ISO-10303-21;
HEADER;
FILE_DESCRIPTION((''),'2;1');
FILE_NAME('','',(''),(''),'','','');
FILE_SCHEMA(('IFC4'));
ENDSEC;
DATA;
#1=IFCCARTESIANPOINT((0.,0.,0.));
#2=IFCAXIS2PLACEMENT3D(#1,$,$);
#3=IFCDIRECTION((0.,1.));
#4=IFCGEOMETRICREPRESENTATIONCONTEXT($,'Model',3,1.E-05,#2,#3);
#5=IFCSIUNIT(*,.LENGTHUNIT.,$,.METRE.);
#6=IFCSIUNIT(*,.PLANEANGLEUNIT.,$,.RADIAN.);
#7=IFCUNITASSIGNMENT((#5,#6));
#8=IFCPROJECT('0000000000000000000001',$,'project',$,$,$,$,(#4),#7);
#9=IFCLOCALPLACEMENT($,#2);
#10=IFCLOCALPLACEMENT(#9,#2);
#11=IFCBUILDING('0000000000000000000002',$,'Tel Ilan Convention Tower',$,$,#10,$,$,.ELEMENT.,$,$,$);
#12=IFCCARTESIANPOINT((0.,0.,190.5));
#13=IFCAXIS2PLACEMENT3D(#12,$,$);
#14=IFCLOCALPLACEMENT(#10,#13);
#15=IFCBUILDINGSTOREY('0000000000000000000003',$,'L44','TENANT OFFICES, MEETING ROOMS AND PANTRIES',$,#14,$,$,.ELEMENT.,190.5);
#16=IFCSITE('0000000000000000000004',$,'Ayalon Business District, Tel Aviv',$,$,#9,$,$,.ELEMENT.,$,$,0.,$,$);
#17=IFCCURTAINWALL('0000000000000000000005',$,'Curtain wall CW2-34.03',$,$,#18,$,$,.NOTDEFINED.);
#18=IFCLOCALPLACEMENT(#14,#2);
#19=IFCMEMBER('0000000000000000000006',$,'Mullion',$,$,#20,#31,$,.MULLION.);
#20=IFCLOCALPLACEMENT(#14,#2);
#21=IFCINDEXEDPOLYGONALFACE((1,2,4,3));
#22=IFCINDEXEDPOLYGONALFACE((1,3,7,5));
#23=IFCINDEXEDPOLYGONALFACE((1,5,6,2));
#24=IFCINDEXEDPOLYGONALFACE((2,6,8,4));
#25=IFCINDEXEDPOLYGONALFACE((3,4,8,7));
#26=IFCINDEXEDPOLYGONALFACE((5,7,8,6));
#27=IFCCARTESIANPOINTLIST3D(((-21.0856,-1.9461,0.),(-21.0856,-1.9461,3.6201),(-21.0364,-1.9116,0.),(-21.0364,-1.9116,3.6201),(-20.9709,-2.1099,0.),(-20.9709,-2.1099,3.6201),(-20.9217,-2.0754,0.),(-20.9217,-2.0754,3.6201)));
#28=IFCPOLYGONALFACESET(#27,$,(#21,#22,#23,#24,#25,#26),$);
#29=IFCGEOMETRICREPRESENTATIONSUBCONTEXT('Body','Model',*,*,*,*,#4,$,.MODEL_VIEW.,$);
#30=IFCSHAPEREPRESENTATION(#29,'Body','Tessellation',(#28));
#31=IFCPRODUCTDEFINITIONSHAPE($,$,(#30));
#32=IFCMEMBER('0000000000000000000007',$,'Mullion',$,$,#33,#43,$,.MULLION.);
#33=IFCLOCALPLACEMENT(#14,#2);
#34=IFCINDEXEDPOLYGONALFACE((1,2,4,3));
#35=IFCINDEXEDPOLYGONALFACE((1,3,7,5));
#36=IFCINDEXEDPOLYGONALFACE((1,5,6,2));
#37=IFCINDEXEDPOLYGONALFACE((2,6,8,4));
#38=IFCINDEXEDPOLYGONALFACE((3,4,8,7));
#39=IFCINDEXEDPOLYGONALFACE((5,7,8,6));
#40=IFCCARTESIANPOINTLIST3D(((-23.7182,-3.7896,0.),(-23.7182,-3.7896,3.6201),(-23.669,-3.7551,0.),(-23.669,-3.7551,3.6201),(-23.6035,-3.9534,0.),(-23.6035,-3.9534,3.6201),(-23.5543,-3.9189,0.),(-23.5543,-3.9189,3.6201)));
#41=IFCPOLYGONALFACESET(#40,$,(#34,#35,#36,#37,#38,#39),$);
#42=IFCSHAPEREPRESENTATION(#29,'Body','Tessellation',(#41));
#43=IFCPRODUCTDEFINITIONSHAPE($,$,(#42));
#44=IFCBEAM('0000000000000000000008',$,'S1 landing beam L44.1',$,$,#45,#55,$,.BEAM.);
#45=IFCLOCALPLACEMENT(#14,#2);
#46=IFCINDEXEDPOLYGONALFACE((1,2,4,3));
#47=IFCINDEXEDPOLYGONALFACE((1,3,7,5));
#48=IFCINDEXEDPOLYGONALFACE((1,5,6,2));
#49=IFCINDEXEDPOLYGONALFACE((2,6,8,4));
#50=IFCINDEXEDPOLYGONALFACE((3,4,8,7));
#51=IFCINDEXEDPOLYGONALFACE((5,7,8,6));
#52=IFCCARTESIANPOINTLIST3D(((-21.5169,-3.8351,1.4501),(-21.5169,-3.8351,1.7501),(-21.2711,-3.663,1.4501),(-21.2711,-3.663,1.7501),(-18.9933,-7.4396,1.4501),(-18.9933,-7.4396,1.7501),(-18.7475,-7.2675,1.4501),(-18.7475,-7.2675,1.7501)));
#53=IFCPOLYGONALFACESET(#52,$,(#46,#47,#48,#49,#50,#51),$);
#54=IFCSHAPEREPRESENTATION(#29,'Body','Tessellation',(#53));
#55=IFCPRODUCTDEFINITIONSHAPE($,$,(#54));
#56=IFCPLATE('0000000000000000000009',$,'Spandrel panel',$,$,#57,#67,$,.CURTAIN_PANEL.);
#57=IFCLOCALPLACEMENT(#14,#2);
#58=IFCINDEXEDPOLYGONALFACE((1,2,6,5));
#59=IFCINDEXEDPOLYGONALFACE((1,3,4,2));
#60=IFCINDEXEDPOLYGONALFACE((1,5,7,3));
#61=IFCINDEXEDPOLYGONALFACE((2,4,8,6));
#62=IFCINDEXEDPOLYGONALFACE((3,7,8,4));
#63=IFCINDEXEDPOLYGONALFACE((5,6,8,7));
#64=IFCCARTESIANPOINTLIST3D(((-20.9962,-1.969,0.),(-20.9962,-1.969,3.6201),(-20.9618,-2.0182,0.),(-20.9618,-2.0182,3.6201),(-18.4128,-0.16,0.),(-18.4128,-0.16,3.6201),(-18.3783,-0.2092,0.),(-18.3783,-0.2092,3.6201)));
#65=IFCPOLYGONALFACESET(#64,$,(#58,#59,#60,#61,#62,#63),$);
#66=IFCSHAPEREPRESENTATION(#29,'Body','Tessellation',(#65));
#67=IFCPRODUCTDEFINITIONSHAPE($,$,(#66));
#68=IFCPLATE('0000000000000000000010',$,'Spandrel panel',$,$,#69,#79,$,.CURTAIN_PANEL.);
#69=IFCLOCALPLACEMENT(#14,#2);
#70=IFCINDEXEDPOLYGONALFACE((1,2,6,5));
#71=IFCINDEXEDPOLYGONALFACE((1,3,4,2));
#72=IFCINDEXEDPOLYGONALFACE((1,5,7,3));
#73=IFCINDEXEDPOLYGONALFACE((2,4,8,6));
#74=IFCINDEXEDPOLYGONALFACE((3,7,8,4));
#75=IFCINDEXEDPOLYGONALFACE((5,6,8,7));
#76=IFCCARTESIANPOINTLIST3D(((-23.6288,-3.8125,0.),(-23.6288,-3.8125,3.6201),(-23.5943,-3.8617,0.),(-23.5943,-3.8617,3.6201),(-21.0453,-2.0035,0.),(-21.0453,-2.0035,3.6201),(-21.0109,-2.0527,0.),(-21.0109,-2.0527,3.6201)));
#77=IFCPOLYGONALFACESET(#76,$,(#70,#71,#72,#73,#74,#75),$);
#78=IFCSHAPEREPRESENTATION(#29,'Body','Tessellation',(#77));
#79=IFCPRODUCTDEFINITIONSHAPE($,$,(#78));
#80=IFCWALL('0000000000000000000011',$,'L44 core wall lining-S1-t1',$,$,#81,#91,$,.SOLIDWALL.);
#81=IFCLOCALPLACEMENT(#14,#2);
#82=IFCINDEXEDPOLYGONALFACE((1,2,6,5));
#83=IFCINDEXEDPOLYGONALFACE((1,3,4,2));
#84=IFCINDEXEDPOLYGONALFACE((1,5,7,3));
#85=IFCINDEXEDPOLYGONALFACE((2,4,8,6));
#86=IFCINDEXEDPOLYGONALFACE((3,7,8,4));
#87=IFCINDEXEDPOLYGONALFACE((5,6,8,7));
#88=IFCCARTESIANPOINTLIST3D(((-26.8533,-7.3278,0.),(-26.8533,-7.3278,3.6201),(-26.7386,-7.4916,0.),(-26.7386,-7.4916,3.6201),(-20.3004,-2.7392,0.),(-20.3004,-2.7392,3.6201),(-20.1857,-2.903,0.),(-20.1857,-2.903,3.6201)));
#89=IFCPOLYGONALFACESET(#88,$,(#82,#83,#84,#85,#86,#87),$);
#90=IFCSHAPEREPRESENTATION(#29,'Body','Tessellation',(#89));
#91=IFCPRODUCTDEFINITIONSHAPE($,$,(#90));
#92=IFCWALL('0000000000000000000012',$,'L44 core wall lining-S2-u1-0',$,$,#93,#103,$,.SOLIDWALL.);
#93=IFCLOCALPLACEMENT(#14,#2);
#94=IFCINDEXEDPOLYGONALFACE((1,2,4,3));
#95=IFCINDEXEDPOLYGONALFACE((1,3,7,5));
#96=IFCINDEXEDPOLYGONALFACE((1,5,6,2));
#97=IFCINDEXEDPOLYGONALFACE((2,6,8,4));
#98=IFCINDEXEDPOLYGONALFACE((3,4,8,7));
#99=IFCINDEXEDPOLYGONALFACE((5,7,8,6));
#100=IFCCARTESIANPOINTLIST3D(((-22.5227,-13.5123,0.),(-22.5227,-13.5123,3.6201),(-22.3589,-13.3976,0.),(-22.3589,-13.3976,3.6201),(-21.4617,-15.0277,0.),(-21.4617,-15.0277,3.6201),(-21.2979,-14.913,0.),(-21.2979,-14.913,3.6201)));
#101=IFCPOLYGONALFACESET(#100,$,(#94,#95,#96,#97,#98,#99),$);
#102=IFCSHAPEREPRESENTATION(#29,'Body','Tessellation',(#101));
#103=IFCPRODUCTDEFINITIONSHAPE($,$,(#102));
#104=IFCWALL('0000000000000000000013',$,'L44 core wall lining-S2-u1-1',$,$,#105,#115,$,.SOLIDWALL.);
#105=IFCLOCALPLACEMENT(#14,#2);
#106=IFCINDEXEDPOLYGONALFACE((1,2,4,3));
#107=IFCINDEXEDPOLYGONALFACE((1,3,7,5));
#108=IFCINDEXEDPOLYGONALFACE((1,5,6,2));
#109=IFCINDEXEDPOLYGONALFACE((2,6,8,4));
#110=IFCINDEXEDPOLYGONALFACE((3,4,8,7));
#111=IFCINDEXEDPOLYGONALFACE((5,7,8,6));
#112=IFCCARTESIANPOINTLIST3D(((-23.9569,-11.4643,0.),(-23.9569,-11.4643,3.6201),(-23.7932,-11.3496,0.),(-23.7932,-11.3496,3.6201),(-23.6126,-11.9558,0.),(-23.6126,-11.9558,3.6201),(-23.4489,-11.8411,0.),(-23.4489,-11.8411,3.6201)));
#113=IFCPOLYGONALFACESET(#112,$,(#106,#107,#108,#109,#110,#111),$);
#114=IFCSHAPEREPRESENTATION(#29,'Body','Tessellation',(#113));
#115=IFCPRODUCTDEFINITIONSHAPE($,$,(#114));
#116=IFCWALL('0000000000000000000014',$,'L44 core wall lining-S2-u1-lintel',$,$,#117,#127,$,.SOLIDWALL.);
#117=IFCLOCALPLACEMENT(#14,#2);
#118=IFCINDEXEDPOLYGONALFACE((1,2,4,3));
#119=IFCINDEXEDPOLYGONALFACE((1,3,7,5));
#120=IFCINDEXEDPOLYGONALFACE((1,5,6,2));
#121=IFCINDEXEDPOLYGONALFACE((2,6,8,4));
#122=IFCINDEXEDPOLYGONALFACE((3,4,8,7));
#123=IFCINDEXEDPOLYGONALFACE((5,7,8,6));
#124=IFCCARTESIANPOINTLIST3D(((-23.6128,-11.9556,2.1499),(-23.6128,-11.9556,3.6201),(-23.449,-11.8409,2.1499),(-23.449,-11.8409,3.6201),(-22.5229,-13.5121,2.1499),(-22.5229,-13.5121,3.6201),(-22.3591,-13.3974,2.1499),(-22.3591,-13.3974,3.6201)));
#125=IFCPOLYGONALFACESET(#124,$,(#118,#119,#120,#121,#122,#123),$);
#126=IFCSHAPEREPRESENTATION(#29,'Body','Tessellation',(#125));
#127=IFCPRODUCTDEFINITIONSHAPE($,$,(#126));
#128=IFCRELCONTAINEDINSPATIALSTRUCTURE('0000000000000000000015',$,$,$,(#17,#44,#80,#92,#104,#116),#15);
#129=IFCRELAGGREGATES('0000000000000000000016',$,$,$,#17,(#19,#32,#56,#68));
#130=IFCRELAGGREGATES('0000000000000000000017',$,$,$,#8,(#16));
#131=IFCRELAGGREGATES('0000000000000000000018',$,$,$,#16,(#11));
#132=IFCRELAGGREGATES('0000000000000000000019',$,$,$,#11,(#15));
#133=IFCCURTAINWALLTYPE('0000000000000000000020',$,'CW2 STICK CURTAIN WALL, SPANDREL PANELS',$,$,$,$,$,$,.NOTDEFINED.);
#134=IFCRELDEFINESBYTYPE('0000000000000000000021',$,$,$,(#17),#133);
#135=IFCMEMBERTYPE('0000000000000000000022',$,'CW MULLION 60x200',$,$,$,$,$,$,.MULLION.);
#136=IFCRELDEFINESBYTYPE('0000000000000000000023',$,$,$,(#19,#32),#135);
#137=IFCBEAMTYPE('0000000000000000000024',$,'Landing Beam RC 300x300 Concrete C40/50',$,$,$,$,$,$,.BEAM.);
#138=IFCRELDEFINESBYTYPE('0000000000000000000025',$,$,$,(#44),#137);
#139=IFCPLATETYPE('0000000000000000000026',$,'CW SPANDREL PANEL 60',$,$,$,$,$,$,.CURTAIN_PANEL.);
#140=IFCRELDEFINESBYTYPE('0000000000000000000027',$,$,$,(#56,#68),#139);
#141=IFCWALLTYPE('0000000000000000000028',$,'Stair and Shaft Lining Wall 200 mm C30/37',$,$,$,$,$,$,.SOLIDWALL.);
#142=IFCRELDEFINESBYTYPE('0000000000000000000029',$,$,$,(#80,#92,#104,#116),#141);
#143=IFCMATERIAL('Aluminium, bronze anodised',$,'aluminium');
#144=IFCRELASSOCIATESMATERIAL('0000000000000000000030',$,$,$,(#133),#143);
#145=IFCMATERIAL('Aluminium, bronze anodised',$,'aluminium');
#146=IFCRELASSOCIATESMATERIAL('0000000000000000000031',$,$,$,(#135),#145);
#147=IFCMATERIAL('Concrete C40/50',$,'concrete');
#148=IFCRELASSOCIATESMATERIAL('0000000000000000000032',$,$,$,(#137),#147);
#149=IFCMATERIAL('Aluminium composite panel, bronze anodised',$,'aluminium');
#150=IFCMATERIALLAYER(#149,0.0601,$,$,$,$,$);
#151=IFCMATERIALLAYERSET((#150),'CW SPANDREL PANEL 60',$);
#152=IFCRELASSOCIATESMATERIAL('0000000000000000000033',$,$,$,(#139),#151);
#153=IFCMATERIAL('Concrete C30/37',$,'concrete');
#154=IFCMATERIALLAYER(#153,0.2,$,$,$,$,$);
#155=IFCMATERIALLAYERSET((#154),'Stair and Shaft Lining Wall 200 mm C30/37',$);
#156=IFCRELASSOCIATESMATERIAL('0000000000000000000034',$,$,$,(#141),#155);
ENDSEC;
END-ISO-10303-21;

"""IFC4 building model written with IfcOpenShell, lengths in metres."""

from ifc_helpers import new_model, si_unit, direction, frame, frame_2d, origin, origin_2d, place, context, subcontext, project, spatial, rectangle, extrude, material, layer, layer_set, material_profile, profile_set, type_object, element, aggregate, save


model = new_model("IFC4")

# Units and contexts
model_context = context("Model", 3, precision=1e-05, world=origin(), true_north=direction((0.0, 1.0)))
body_context = subcontext(model_context, "Body", "Model", "MODEL_VIEW")
ifc_project = project(units=[si_unit("LENGTHUNIT", "METRE"), si_unit("PLANEANGLEUNIT", "RADIAN")], contexts=[model_context])

# Site, building, storey
site_placement = place(None, origin())
site = spatial("IfcSite", under=ifc_project, at=site_placement, Name="Ayalon Business District, Tel Aviv", CompositionType="ELEMENT", RefElevation=0.0)
building_placement = place(site_placement, origin())
building = spatial("IfcBuilding", under=site, at=building_placement, Name="Tel Ilan Convention Tower", CompositionType="ELEMENT")
storey_placement = place(building_placement, frame((0.0, 0.0, 190.5)))
storey = spatial("IfcBuildingStorey", under=building, at=storey_placement, Name="L44", Description="TENANT OFFICES, MEETING ROOMS AND PANTRIES", CompositionType="ELEMENT", Elevation=190.5)

# Curtain wall, members
ifc_material_1 = material(Name="Aluminium, bronze anodised", Category="aluminium")
curtain_wall_type = type_object("IfcCurtainWallType", Name="CW2 STICK CURTAIN WALL, SPANDREL PANELS", PredefinedType="NOTDEFINED", material=ifc_material_1)
curtain_wall_placement = place(storey_placement, origin())
curtain_wall = element("IfcCurtainWall", 1, at=curtain_wall_placement, inside=storey, type_object=curtain_wall_type, Name="Curtain wall CW2-34.03", PredefinedType="NOTDEFINED")
ifc_material_2 = material(Name="Aluminium, bronze anodised", Category="aluminium")
ifc_material_profile_1 = material_profile(ifc_material_2, rectangle(XDim=0.0601, YDim=0.2, at=origin_2d()), Name="CW MULLION 60x200")
ifc_profile_set_1 = profile_set([ifc_material_profile_1], Name="Aluminium, bronze anodised")
member_type = type_object("IfcMemberType", Name="CW MULLION 60x200", PredefinedType="MULLION", material=ifc_profile_set_1)
member_1_placement = place(storey_placement, frame((-21.0037, -2.0107, 0.0), z_axis=(0.0, 0.0, 1.0), x_axis=(-0.819152, -0.573576, 0.0)))
member_1 = element("IfcMember", 2, at=member_1_placement, type_object=member_type, Name="Mullion", PredefinedType="MULLION", context=body_context, shape_type="SweptSolid", body=[
    extrude(rectangle(XDim=0.0601, YDim=0.2, at=origin_2d()), origin(), (0.0, 0.0, 1.0), 3.6201),
])
member_2_placement = place(storey_placement, frame((-23.6362, -3.8542, 0.0), z_axis=(0.0, 0.0, 1.0), x_axis=(-0.819152, -0.573576, 0.0)))
member_2 = element("IfcMember", 3, at=member_2_placement, type_object=member_type, Name="Mullion", PredefinedType="MULLION", context=body_context, shape_type="SweptSolid", body=[
    extrude(rectangle(XDim=0.0601, YDim=0.2, at=origin_2d()), origin(), (0.0, 0.0, 1.0), 3.6201),
])

# Beam
ifc_material_3 = material(Name="Concrete C40/50", Category="concrete")
ifc_material_profile_2 = material_profile(ifc_material_3, rectangle(XDim=0.3, YDim=0.3, at=origin_2d()), Name="RC 300x300")
ifc_profile_set_2 = profile_set([ifc_material_profile_2], Name="Concrete C40/50")
beam_type = type_object("IfcBeamType", Name="Landing Beam RC 300x300 Concrete C40/50", PredefinedType="BEAM", material=ifc_profile_set_2)
beam_placement = place(storey_placement, frame((-18.8704, -7.3535, 1.6001), z_axis=(-0.573544, 0.819175, 0.0), x_axis=(-0.819175, -0.573544, 0.0)))
element("IfcBeam", 4, at=beam_placement, inside=storey, type_object=beam_type, Name="S1 landing beam L44.1", PredefinedType="BEAM", context=body_context, shape_type="SweptSolid", body=[
    extrude(rectangle(XDim=0.3, YDim=0.3, at=origin_2d()), origin(), (0.0, 0.0, 1.0), 4.4001),
])

# Plates
ifc_material_4 = material(Name="Aluminium composite panel, bronze anodised", Category="aluminium")
ifc_layer_1 = layer(ifc_material_4, 0.0601)
ifc_layer_set_1 = layer_set([ifc_layer_1], Name="CW SPANDREL PANEL 60")
plate_type = type_object("IfcPlateType", Name="CW SPANDREL PANEL 60", PredefinedType="CURTAIN_PANEL", material=ifc_layer_set_1)
plate_1_placement = place(storey_placement, frame((-19.6873, -1.0891, 0.0), z_axis=(0.0, 0.0, 1.0), x_axis=(-0.819152, -0.573576, 0.0)))
plate_1 = element("IfcPlate", 5, at=plate_1_placement, type_object=plate_type, Name="Spandrel panel", PredefinedType="CURTAIN_PANEL", context=body_context, shape_type="SweptSolid", body=[
    extrude(rectangle(XDim=3.1538, YDim=0.0601, at=origin_2d()), origin(), (0.0, 0.0, 1.0), 3.6201),
])
plate_2_placement = place(storey_placement, frame((-22.3198, -2.9326, 0.0), z_axis=(0.0, 0.0, 1.0), x_axis=(-0.819152, -0.573576, 0.0)))
plate_2 = element("IfcPlate", 6, at=plate_2_placement, type_object=plate_type, Name="Spandrel panel", PredefinedType="CURTAIN_PANEL", context=body_context, shape_type="SweptSolid", body=[
    extrude(rectangle(XDim=3.1538, YDim=0.0601, at=origin_2d()), origin(), (0.0, 0.0, 1.0), 3.6201),
])
aggregate(curtain_wall, [member_1, member_2, plate_1, plate_2])

# Walls
ifc_material_5 = material(Name="Concrete C30/37", Category="concrete")
ifc_layer_2 = layer(ifc_material_5, 0.2)
ifc_layer_set_2 = layer_set([ifc_layer_2], Name="Stair and Shaft Lining Wall 200 mm C30/37")
wall_type = type_object("IfcWallType", Name="Stair and Shaft Lining Wall 200 mm C30/37", PredefinedType="SOLIDWALL", material=ifc_layer_set_2)
wall_1_placement = place(storey_placement, frame((-20.2429, -2.821, 0.0), z_axis=(0.0, 0.0, 1.0), x_axis=(-0.819142, -0.573591, 0.0)))
element("IfcWall", 7, at=wall_1_placement, inside=storey, type_object=wall_type, Name="L44 core wall lining-S1-t1", PredefinedType="SOLIDWALL", context=body_context, shape_type="SweptSolid", body=[
    extrude(rectangle(XDim=7.9998, YDim=0.2, at=frame_2d((4.0, 0.0))), origin(), (0.0, 0.0, 1.0), 3.6201),
])
wall_2_placement = place(storey_placement, frame((-21.3799, -14.9702, 0.0), z_axis=(0.0, 0.0, 1.0), x_axis=(-0.57356, 0.819164, 0.0)))
element("IfcWall", 8, at=wall_2_placement, inside=storey, type_object=wall_type, Name="L44 core wall lining-S2-u1-0", PredefinedType="SOLIDWALL", context=body_context, shape_type="SweptSolid", body=[
    extrude(rectangle(XDim=1.8499, YDim=0.2, at=frame_2d((0.9248, 0.0))), origin(), (0.0, 0.0, 1.0), 3.6201),
])
wall_3_placement = place(storey_placement, frame((-23.5308, -11.8984, 0.0), z_axis=(0.0, 0.0, 1.0), x_axis=(-0.573708, 0.81906, 0.0)))
element("IfcWall", 9, at=wall_3_placement, inside=storey, type_object=wall_type, Name="L44 core wall lining-S2-u1-1", PredefinedType="SOLIDWALL", context=body_context, shape_type="SweptSolid", body=[
    extrude(rectangle(XDim=0.6001, YDim=0.2, at=frame_2d((0.3, 0.0))), origin(), (0.0, 0.0, 1.0), 3.6201),
])
wall_4_placement = place(storey_placement, frame((-22.4409, -13.4548, 2.1499), z_axis=(0.0, 0.0, 1.0), x_axis=(-0.573592, 0.819141, 0.0)))
element("IfcWall", 10, at=wall_4_placement, inside=storey, type_object=wall_type, Name="L44 core wall lining-S2-u1-lintel", PredefinedType="SOLIDWALL", context=body_context, shape_type="SweptSolid", body=[
    extrude(rectangle(XDim=1.9001, YDim=0.2, at=frame_2d((0.9502, 0.0))), origin(), (0.0, 0.0, 1.0), 1.4702),
])

save(model, "model.ifc")
